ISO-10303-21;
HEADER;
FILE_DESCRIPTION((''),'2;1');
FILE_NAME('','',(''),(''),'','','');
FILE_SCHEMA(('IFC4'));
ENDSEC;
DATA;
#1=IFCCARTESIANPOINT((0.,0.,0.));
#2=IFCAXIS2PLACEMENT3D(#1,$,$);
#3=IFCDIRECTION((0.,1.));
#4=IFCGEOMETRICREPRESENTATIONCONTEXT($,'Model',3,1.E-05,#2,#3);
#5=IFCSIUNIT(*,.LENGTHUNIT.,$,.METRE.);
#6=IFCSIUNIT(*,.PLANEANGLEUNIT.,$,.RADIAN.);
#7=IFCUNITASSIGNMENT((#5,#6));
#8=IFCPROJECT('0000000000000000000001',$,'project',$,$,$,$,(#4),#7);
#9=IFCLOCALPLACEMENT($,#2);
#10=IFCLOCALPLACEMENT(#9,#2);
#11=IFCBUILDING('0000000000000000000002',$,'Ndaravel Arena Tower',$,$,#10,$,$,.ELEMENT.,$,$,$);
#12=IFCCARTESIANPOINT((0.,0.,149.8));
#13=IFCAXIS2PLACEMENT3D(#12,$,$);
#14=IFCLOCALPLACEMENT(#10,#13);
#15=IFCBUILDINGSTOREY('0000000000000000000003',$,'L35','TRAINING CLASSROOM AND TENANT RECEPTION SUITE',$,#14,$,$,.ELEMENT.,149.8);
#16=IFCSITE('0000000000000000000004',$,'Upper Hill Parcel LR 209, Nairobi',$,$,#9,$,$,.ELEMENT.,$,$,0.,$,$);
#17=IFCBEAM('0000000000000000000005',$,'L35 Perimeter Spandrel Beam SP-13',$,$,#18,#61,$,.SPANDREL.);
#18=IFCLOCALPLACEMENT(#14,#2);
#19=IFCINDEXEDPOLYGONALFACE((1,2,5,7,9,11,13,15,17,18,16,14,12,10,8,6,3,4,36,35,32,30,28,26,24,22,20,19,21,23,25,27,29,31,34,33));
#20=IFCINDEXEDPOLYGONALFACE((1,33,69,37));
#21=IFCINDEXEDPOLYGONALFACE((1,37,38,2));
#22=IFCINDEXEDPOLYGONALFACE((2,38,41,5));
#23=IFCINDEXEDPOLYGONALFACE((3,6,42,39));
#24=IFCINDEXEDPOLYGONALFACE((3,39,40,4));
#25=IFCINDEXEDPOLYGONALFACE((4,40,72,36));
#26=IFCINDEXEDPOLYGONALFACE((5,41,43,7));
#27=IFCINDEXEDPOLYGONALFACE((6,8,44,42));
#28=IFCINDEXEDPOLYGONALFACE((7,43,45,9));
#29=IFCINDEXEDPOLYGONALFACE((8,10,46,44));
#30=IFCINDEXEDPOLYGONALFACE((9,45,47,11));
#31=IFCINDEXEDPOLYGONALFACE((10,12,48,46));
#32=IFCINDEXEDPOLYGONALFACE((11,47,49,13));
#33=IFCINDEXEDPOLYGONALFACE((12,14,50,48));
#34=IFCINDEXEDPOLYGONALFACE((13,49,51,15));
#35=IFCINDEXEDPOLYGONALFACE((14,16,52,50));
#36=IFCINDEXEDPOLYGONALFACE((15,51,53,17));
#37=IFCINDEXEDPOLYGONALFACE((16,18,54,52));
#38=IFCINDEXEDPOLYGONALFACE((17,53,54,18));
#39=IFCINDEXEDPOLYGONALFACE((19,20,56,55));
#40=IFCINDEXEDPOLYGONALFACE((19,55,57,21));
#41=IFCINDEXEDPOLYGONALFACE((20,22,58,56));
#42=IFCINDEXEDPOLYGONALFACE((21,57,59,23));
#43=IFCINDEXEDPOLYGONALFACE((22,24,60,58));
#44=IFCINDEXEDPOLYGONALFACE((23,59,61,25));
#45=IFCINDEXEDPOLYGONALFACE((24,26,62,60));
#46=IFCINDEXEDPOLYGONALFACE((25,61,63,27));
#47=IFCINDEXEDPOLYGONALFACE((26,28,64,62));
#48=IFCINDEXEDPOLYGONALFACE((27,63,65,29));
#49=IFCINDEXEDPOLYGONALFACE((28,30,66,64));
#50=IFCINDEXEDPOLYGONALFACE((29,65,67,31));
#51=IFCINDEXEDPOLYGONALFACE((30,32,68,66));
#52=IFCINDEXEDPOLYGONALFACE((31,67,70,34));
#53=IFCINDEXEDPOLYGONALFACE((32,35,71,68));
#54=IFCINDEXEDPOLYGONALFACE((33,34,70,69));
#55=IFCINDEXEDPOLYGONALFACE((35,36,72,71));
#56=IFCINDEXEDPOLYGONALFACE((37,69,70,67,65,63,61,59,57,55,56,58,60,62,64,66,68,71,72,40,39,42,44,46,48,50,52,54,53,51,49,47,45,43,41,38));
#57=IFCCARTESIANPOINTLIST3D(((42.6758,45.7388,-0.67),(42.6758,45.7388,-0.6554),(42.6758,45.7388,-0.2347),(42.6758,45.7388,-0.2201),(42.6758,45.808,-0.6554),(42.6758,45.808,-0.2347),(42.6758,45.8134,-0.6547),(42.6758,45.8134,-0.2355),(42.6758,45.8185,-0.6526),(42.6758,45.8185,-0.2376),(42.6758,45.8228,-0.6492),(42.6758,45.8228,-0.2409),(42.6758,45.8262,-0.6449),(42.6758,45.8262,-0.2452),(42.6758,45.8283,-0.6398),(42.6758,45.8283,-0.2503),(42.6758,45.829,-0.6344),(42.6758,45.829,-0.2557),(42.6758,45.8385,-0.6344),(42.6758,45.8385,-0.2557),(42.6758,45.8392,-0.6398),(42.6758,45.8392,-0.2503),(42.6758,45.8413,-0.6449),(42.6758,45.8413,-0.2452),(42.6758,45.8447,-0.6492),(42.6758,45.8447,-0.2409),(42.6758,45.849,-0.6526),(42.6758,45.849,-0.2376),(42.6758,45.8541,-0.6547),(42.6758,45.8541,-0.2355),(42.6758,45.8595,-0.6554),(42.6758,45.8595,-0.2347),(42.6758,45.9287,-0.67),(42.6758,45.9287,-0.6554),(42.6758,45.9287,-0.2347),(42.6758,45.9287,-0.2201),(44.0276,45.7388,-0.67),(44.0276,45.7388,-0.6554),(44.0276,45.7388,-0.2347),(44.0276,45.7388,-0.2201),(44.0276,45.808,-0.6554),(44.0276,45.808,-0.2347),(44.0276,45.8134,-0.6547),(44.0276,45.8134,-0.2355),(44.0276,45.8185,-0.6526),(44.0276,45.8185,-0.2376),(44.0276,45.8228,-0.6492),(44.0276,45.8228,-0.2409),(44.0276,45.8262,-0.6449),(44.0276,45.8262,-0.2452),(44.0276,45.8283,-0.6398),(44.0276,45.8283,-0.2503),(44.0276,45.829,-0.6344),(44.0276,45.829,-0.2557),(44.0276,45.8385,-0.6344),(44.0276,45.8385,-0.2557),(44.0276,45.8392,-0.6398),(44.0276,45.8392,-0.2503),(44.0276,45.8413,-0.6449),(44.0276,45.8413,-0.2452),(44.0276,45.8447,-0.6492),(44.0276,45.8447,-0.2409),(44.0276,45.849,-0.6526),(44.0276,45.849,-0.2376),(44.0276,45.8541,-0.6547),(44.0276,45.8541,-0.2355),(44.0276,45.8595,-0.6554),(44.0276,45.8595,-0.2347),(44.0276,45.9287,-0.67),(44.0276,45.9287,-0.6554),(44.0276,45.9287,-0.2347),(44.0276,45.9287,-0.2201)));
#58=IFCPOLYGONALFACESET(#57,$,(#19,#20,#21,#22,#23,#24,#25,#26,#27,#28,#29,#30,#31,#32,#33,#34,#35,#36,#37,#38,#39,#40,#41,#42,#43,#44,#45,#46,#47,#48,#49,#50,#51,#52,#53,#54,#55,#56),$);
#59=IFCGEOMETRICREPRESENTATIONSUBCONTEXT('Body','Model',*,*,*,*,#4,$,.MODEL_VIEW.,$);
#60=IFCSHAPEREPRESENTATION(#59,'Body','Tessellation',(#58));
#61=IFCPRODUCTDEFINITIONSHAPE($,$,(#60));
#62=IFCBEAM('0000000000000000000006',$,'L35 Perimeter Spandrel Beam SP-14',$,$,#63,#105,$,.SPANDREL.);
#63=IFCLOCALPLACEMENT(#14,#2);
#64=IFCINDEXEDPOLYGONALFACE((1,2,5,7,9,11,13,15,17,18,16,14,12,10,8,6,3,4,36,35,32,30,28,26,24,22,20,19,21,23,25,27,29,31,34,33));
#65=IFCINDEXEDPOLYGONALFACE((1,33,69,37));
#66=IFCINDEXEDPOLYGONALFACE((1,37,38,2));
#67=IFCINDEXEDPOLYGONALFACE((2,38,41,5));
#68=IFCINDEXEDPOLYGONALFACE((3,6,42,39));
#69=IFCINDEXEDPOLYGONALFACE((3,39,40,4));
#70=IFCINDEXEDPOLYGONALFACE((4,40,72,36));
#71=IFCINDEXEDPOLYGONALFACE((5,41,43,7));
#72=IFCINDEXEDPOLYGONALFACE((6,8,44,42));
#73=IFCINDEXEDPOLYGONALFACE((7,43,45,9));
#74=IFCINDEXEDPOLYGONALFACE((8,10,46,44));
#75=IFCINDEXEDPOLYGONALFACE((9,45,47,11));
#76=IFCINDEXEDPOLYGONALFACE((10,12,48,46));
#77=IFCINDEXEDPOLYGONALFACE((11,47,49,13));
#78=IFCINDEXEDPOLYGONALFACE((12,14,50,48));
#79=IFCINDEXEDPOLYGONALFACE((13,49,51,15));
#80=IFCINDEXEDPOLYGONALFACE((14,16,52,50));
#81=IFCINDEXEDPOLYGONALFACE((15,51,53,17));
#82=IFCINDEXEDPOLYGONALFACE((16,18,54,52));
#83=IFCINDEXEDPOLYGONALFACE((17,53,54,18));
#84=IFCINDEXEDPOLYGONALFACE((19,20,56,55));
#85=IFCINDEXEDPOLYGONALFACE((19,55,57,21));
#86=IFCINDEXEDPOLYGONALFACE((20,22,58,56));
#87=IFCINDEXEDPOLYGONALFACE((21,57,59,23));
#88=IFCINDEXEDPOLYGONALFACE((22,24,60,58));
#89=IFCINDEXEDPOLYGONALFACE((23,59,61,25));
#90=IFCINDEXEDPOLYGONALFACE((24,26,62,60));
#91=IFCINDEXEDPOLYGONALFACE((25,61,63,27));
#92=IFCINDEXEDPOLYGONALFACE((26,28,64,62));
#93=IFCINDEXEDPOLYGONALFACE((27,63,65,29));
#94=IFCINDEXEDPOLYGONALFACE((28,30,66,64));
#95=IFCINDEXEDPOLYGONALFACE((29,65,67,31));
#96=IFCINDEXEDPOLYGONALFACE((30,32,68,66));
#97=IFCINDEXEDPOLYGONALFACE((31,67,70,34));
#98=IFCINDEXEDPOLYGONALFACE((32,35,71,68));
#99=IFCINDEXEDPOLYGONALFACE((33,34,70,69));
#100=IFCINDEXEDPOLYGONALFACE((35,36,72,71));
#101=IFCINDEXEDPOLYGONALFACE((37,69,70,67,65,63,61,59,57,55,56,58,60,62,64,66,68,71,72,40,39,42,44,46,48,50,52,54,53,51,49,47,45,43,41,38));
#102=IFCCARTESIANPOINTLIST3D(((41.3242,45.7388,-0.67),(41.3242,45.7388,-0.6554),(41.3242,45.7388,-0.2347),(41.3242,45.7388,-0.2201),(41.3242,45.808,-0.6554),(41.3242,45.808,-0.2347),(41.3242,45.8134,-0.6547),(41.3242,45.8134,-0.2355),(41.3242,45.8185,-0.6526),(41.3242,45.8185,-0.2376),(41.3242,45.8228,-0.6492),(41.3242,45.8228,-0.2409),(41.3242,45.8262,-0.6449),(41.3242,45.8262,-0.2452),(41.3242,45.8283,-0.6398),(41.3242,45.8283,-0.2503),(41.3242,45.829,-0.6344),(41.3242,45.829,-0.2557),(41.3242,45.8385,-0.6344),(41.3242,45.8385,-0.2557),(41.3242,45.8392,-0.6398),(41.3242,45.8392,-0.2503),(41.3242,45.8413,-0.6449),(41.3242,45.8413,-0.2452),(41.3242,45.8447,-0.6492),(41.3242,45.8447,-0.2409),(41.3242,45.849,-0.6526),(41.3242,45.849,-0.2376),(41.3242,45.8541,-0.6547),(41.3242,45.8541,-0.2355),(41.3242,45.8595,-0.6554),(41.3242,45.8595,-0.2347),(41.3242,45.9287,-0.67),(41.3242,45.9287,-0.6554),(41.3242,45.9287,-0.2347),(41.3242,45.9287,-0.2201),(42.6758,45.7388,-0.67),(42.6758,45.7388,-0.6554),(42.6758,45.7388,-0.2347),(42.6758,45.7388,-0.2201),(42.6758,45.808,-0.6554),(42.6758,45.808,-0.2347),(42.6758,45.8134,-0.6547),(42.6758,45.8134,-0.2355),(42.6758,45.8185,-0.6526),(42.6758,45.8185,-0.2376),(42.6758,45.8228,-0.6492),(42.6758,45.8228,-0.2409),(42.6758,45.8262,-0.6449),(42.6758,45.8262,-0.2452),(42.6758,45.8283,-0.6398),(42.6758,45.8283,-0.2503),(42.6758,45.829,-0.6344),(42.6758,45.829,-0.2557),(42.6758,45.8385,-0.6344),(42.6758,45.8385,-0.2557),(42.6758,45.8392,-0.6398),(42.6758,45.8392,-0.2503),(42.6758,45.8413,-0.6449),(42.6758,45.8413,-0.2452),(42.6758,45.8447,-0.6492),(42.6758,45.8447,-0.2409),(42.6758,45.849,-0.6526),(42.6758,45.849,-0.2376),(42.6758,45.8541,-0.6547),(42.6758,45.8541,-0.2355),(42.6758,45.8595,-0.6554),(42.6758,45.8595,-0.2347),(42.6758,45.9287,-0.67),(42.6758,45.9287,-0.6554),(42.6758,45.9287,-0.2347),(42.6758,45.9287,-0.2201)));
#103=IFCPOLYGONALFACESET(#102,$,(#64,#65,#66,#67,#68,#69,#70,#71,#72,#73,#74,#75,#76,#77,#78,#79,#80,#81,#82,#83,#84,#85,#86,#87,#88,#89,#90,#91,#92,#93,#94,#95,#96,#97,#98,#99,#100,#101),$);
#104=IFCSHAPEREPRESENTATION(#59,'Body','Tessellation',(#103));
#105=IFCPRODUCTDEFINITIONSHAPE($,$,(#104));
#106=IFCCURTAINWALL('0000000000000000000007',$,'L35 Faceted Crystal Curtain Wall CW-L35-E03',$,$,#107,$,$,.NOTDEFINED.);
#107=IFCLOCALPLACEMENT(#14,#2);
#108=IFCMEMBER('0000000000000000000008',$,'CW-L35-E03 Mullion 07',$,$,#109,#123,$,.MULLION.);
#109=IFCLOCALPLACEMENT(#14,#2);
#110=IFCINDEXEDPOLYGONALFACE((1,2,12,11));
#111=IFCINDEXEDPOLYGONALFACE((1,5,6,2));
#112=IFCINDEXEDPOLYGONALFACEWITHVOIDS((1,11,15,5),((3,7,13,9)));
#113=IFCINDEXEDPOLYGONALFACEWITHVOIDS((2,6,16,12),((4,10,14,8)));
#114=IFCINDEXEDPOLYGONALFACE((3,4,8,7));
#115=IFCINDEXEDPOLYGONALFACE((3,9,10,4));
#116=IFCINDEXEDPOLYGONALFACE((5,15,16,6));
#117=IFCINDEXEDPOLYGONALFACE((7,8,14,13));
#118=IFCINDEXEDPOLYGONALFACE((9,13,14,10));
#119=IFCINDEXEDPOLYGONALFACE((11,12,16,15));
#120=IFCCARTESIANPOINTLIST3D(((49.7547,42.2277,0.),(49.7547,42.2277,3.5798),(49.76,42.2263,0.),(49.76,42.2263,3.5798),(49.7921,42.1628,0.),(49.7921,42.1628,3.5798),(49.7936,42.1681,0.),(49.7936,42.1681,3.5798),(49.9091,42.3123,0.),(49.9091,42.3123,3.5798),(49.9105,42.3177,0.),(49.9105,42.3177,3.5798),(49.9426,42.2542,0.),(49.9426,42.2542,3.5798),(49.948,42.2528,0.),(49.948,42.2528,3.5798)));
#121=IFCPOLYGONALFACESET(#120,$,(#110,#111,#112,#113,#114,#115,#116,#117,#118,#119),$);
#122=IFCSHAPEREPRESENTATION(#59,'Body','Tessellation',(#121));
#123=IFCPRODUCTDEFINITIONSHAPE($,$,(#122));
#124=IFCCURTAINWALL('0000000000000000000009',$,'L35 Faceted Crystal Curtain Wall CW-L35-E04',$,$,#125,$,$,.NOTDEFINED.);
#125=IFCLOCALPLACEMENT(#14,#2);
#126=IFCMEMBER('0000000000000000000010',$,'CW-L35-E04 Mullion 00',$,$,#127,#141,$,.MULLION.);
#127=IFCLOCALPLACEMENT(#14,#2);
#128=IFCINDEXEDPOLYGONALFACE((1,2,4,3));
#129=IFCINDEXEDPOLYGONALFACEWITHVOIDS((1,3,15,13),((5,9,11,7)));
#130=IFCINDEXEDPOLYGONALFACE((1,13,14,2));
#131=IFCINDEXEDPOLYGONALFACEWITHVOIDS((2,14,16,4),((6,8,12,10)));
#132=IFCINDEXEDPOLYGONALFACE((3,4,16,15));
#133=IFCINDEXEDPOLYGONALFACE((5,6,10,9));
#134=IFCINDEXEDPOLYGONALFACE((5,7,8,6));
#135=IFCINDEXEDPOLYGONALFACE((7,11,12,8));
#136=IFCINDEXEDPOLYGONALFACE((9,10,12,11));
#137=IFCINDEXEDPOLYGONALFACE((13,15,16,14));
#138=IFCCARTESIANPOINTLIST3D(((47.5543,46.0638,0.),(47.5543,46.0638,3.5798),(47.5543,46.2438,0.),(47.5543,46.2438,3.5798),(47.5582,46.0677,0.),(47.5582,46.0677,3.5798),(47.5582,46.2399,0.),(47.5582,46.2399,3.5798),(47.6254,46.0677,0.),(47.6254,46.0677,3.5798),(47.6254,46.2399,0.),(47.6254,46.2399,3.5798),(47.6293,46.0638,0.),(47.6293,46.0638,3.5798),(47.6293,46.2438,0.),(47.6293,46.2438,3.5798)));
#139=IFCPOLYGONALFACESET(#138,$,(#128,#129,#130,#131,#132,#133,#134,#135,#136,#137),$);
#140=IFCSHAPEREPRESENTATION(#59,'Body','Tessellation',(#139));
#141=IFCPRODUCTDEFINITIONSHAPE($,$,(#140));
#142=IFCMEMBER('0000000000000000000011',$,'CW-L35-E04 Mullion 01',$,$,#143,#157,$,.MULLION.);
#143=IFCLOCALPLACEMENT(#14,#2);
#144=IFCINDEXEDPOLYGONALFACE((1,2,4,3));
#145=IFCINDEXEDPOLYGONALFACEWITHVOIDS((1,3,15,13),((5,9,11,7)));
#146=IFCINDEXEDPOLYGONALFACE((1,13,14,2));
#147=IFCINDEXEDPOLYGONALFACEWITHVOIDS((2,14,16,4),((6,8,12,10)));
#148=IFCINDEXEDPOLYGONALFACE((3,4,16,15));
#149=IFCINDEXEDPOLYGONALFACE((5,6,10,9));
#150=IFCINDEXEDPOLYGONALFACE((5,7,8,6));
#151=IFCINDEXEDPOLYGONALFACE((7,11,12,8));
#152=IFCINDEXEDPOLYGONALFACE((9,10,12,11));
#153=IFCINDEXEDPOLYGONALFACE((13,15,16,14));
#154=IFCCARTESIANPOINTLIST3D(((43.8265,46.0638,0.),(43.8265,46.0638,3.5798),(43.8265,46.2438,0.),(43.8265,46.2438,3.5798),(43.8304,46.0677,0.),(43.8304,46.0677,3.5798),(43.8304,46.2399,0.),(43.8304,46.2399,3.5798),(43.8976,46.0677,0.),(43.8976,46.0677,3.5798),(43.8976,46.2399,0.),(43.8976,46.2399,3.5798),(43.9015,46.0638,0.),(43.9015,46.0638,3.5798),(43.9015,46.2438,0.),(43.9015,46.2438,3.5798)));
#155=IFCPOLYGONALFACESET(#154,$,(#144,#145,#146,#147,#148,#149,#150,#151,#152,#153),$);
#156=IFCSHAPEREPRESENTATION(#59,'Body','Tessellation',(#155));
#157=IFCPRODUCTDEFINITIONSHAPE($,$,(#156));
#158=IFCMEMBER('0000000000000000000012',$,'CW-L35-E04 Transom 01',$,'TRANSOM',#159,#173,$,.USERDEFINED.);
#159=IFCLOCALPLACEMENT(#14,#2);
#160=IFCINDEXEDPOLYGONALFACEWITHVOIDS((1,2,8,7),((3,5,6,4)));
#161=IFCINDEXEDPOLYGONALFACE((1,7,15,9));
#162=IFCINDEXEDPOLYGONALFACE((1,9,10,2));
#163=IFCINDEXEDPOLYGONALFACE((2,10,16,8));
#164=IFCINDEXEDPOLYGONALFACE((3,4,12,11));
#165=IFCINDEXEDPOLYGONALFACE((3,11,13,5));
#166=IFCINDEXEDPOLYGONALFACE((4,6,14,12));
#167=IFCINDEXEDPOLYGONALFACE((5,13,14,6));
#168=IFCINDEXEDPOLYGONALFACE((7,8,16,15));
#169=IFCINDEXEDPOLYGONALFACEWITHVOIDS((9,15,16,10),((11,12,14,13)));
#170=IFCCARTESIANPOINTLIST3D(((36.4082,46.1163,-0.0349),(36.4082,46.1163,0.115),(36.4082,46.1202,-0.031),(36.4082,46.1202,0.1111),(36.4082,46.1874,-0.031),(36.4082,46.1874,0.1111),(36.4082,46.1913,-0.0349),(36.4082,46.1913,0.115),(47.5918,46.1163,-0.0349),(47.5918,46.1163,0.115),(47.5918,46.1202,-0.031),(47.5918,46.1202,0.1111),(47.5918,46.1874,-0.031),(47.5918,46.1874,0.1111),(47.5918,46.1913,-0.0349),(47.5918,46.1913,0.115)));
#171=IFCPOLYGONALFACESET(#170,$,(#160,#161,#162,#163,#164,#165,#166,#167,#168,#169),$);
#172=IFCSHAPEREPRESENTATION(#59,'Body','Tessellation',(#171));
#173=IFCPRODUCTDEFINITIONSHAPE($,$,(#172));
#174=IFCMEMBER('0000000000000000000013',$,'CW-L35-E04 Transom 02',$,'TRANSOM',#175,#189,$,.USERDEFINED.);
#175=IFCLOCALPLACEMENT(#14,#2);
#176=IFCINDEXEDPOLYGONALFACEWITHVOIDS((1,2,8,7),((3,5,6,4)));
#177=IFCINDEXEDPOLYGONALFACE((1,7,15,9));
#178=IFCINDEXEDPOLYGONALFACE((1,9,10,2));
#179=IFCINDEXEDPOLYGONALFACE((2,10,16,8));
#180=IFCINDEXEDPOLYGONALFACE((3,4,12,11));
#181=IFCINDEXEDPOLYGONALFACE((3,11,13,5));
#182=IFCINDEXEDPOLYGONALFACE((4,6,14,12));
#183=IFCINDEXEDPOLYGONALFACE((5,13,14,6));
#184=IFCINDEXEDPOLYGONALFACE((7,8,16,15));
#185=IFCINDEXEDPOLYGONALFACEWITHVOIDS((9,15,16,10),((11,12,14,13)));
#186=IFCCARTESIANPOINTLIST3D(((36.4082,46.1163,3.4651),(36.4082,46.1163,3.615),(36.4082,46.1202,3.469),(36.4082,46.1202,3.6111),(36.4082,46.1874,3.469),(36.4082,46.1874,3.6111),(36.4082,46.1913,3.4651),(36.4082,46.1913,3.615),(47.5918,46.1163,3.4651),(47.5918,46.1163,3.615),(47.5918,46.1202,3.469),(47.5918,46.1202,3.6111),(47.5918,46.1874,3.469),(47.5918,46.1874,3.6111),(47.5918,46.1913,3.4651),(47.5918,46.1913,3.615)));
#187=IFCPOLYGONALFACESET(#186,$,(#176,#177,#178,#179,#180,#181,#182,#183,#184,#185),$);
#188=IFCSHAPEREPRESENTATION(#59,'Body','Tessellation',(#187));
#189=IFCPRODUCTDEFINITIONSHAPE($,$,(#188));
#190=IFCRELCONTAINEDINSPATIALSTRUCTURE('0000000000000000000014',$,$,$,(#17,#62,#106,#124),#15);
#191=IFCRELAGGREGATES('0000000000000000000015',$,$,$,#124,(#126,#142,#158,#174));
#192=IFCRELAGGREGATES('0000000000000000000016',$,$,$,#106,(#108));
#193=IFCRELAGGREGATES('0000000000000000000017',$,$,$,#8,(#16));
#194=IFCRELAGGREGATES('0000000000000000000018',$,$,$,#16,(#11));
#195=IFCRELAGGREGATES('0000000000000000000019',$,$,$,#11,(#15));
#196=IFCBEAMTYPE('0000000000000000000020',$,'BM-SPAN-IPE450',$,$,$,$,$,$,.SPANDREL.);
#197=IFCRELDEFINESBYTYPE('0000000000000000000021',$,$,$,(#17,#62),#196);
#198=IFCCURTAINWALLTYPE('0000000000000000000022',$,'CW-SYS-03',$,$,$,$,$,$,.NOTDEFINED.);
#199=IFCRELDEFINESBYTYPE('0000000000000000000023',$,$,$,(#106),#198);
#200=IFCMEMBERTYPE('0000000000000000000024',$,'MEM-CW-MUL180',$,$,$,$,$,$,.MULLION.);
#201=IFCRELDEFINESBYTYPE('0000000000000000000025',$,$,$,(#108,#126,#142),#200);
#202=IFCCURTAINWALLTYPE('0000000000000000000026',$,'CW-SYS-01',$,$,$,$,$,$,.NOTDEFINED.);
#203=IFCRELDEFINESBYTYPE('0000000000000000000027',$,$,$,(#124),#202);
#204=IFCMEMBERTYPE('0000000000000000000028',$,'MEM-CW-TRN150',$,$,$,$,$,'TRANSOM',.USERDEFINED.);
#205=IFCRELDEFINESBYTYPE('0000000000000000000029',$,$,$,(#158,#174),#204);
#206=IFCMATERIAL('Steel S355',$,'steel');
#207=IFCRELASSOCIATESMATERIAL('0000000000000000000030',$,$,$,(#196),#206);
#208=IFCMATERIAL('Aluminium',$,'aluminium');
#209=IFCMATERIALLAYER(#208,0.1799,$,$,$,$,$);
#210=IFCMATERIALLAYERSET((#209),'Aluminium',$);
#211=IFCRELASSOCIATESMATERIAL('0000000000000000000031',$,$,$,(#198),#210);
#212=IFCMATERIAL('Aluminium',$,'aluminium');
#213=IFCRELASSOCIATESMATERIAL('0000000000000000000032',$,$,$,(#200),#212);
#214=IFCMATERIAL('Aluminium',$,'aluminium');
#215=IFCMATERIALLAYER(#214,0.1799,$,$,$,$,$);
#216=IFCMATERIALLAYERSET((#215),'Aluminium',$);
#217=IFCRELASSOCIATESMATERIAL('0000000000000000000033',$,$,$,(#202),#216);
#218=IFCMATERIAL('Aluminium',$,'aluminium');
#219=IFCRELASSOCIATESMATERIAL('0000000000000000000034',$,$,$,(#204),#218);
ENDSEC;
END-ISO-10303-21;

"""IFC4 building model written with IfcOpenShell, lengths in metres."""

from ifc_helpers import new_model, si_unit, direction, frame, origin, origin_2d, place, context, subcontext, project, spatial, hollow_rectangle, i_section, extrude, material, layer, layer_set, material_profile, profile_set, type_object, element, aggregate, save


model = new_model("IFC4")

# Units and contexts
model_context = context("Model", 3, precision=1e-05, world=origin(), true_north=direction((0.0, 1.0)))
body_context = subcontext(model_context, "Body", "Model", "MODEL_VIEW")
ifc_project = project(units=[si_unit("LENGTHUNIT", "METRE"), si_unit("PLANEANGLEUNIT", "RADIAN")], contexts=[model_context])

# Site, building, storey
site_placement = place(None, origin())
site = spatial("IfcSite", under=ifc_project, at=site_placement, Name="Upper Hill Parcel LR 209, Nairobi", CompositionType="ELEMENT", RefElevation=0.0)
building_placement = place(site_placement, origin())
building = spatial("IfcBuilding", under=site, at=building_placement, Name="Ndaravel Arena Tower", CompositionType="ELEMENT")
storey_placement = place(building_placement, frame((0.0, 0.0, 149.8)))
storey = spatial("IfcBuildingStorey", under=building, at=storey_placement, Name="L35", Description="TRAINING CLASSROOM AND TENANT RECEPTION SUITE", CompositionType="ELEMENT", Elevation=149.8)

# Beams
ifc_material_1 = material(Name="Steel S355", Category="steel")
ifc_material_profile_1 = material_profile(ifc_material_1, i_section(OverallWidth=0.1899, OverallDepth=0.45, WebThickness=0.0095, FlangeThickness=0.0146, FilletRadius=0.021, at=origin_2d()), Name="IPE 450")
ifc_profile_set_1 = profile_set([ifc_material_profile_1], Name="Steel S355")
beam_type_1 = type_object("IfcBeamType", Name="BM-SPAN-IPE450", PredefinedType="SPANDREL", material=ifc_profile_set_1)
for number, where, z_axis, x_axis, name in (
    (1, (44.0276, 45.8337, -0.4451), (-1.0, 0.0, 0.0), (0.0, -1.0, 0.0), "L35 Perimeter Spandrel Beam SP-13"),
):
    element("IfcBeam", number, at=place(storey_placement, frame(where, z_axis=z_axis, x_axis=x_axis)), inside=storey, type_object=beam_type_1, Name=name, PredefinedType="SPANDREL", context=body_context, shape_type="SweptSolid", body=[
        extrude(i_section(OverallWidth=0.1899, OverallDepth=0.45, WebThickness=0.0095, FlangeThickness=0.0146, FilletRadius=0.021, at=origin_2d()), origin(), (0.0, 0.0, 1.0), 1.3518),
    ])
beam_1_placement = place(storey_placement, frame((42.6758, 45.8337, -0.4451), z_axis=(-1.0, 0.0, 0.0), x_axis=(0.0, -1.0, 0.0)))
element("IfcBeam", 2, at=beam_1_placement, inside=storey, type_object=beam_type_1, Name="L35 Perimeter Spandrel Beam SP-14", PredefinedType="SPANDREL", context=body_context, shape_type="SweptSolid", body=[
    extrude(i_section(OverallWidth=0.1899, OverallDepth=0.45, WebThickness=0.0095, FlangeThickness=0.0146, FilletRadius=0.021, at=origin_2d()), origin(), (0.0, 0.0, 1.0), 1.3516),
])

# Curtain wall, member
ifc_material_2 = material(Name="Aluminium", Category="aluminium")
ifc_layer_1 = layer(ifc_material_2, 0.1799)
ifc_layer_set_1 = layer_set([ifc_layer_1], Name="Aluminium")
curtain_wall_type_1 = type_object("IfcCurtainWallType", Name="CW-SYS-03", PredefinedType="NOTDEFINED", material=ifc_layer_set_1)
curtain_wall_1_placement = place(storey_placement, origin())
curtain_wall_1 = element("IfcCurtainWall", 3, at=curtain_wall_1_placement, inside=storey, type_object=curtain_wall_type_1, Name="L35 Faceted Crystal Curtain Wall CW-L35-E03", PredefinedType="NOTDEFINED")
ifc_material_3 = material(Name="Aluminium", Category="aluminium")
ifc_material_profile_2 = material_profile(ifc_material_3, hollow_rectangle(XDim=0.075, YDim=0.1799, WallThickness=0.0039, at=origin_2d()), Name="CW MULLION 75x180x4")
ifc_profile_set_2 = profile_set([ifc_material_profile_2], Name="Aluminium")
member_type_1 = type_object("IfcMemberType", Name="MEM-CW-MUL180", PredefinedType="MULLION", material=ifc_profile_set_2)
member_1_placement = place(storey_placement, frame((49.8513, 42.2402, 0.0), z_axis=(0.0, 0.0, 1.0), x_axis=(-0.5, 0.866025, 0.0)))
member_1 = element("IfcMember", 4, at=member_1_placement, type_object=member_type_1, Name="CW-L35-E03 Mullion 07", PredefinedType="MULLION", context=body_context, shape_type="SweptSolid", body=[
    extrude(hollow_rectangle(XDim=0.075, YDim=0.1799, WallThickness=0.0039, at=origin_2d()), origin(), (0.0, 0.0, 1.0), 3.5798),
])

# Curtain wall, members
ifc_material_4 = material(Name="Aluminium", Category="aluminium")
ifc_layer_2 = layer(ifc_material_4, 0.1799)
ifc_layer_set_2 = layer_set([ifc_layer_2], Name="Aluminium")
curtain_wall_type_2 = type_object("IfcCurtainWallType", Name="CW-SYS-01", PredefinedType="NOTDEFINED", material=ifc_layer_set_2)
curtain_wall_2_placement = place(storey_placement, origin())
curtain_wall_2 = element("IfcCurtainWall", 5, at=curtain_wall_2_placement, inside=storey, type_object=curtain_wall_type_2, Name="L35 Faceted Crystal Curtain Wall CW-L35-E04", PredefinedType="NOTDEFINED")
member_2_placement = place(storey_placement, frame((47.5918, 46.1538, 0.0), z_axis=(0.0, 0.0, 1.0), x_axis=(-1.0, 0.0, 0.0)))
member_2 = element("IfcMember", 6, at=member_2_placement, type_object=member_type_1, Name="CW-L35-E04 Mullion 00", PredefinedType="MULLION", context=body_context, shape_type="SweptSolid", body=[
    extrude(hollow_rectangle(XDim=0.075, YDim=0.1799, WallThickness=0.0039, at=origin_2d()), origin(), (0.0, 0.0, 1.0), 3.5798),
])
member_3_placement = place(storey_placement, frame((43.864, 46.1538, 0.0), z_axis=(0.0, 0.0, 1.0), x_axis=(-1.0, 0.0, 0.0)))
member_3 = element("IfcMember", 7, at=member_3_placement, type_object=member_type_1, Name="CW-L35-E04 Mullion 01", PredefinedType="MULLION", context=body_context, shape_type="SweptSolid", body=[
    extrude(hollow_rectangle(XDim=0.075, YDim=0.1799, WallThickness=0.0039, at=origin_2d()), origin(), (0.0, 0.0, 1.0), 3.5798),
])
ifc_material_5 = material(Name="Aluminium", Category="aluminium")
ifc_material_profile_3 = material_profile(ifc_material_5, hollow_rectangle(XDim=0.075, YDim=0.1499, WallThickness=0.0039, at=origin_2d()), Name="CW TRANSOM 75x150x4")
ifc_profile_set_3 = profile_set([ifc_material_profile_3], Name="Aluminium")
member_type_2 = type_object("IfcMemberType", Name="MEM-CW-TRN150", ElementType="TRANSOM", PredefinedType="USERDEFINED", material=ifc_profile_set_3)
member_4_placement = place(storey_placement, frame((47.5918, 46.1538, 0.04), z_axis=(-1.0, 0.0, 0.0), x_axis=(0.0, -1.0, 0.0)))
member_4 = element("IfcMember", 8, at=member_4_placement, type_object=member_type_2, Name="CW-L35-E04 Transom 01", ObjectType="TRANSOM", PredefinedType="USERDEFINED", context=body_context, shape_type="SweptSolid", body=[
    extrude(hollow_rectangle(XDim=0.075, YDim=0.1499, WallThickness=0.0039, at=origin_2d()), origin(), (0.0, 0.0, 1.0), 11.1836),
])
member_5_placement = place(storey_placement, frame((47.5918, 46.1538, 3.54), z_axis=(-1.0, 0.0, 0.0), x_axis=(0.0, -1.0, 0.0)))
member_5 = element("IfcMember", 9, at=member_5_placement, type_object=member_type_2, Name="CW-L35-E04 Transom 02", ObjectType="TRANSOM", PredefinedType="USERDEFINED", context=body_context, shape_type="SweptSolid", body=[
    extrude(hollow_rectangle(XDim=0.075, YDim=0.1499, WallThickness=0.0039, at=origin_2d()), origin(), (0.0, 0.0, 1.0), 11.1836),
])
aggregate(curtain_wall_2, [member_2, member_3, member_4, member_5])

aggregate(curtain_wall_1, [member_1])

save(model, "model.ifc")
